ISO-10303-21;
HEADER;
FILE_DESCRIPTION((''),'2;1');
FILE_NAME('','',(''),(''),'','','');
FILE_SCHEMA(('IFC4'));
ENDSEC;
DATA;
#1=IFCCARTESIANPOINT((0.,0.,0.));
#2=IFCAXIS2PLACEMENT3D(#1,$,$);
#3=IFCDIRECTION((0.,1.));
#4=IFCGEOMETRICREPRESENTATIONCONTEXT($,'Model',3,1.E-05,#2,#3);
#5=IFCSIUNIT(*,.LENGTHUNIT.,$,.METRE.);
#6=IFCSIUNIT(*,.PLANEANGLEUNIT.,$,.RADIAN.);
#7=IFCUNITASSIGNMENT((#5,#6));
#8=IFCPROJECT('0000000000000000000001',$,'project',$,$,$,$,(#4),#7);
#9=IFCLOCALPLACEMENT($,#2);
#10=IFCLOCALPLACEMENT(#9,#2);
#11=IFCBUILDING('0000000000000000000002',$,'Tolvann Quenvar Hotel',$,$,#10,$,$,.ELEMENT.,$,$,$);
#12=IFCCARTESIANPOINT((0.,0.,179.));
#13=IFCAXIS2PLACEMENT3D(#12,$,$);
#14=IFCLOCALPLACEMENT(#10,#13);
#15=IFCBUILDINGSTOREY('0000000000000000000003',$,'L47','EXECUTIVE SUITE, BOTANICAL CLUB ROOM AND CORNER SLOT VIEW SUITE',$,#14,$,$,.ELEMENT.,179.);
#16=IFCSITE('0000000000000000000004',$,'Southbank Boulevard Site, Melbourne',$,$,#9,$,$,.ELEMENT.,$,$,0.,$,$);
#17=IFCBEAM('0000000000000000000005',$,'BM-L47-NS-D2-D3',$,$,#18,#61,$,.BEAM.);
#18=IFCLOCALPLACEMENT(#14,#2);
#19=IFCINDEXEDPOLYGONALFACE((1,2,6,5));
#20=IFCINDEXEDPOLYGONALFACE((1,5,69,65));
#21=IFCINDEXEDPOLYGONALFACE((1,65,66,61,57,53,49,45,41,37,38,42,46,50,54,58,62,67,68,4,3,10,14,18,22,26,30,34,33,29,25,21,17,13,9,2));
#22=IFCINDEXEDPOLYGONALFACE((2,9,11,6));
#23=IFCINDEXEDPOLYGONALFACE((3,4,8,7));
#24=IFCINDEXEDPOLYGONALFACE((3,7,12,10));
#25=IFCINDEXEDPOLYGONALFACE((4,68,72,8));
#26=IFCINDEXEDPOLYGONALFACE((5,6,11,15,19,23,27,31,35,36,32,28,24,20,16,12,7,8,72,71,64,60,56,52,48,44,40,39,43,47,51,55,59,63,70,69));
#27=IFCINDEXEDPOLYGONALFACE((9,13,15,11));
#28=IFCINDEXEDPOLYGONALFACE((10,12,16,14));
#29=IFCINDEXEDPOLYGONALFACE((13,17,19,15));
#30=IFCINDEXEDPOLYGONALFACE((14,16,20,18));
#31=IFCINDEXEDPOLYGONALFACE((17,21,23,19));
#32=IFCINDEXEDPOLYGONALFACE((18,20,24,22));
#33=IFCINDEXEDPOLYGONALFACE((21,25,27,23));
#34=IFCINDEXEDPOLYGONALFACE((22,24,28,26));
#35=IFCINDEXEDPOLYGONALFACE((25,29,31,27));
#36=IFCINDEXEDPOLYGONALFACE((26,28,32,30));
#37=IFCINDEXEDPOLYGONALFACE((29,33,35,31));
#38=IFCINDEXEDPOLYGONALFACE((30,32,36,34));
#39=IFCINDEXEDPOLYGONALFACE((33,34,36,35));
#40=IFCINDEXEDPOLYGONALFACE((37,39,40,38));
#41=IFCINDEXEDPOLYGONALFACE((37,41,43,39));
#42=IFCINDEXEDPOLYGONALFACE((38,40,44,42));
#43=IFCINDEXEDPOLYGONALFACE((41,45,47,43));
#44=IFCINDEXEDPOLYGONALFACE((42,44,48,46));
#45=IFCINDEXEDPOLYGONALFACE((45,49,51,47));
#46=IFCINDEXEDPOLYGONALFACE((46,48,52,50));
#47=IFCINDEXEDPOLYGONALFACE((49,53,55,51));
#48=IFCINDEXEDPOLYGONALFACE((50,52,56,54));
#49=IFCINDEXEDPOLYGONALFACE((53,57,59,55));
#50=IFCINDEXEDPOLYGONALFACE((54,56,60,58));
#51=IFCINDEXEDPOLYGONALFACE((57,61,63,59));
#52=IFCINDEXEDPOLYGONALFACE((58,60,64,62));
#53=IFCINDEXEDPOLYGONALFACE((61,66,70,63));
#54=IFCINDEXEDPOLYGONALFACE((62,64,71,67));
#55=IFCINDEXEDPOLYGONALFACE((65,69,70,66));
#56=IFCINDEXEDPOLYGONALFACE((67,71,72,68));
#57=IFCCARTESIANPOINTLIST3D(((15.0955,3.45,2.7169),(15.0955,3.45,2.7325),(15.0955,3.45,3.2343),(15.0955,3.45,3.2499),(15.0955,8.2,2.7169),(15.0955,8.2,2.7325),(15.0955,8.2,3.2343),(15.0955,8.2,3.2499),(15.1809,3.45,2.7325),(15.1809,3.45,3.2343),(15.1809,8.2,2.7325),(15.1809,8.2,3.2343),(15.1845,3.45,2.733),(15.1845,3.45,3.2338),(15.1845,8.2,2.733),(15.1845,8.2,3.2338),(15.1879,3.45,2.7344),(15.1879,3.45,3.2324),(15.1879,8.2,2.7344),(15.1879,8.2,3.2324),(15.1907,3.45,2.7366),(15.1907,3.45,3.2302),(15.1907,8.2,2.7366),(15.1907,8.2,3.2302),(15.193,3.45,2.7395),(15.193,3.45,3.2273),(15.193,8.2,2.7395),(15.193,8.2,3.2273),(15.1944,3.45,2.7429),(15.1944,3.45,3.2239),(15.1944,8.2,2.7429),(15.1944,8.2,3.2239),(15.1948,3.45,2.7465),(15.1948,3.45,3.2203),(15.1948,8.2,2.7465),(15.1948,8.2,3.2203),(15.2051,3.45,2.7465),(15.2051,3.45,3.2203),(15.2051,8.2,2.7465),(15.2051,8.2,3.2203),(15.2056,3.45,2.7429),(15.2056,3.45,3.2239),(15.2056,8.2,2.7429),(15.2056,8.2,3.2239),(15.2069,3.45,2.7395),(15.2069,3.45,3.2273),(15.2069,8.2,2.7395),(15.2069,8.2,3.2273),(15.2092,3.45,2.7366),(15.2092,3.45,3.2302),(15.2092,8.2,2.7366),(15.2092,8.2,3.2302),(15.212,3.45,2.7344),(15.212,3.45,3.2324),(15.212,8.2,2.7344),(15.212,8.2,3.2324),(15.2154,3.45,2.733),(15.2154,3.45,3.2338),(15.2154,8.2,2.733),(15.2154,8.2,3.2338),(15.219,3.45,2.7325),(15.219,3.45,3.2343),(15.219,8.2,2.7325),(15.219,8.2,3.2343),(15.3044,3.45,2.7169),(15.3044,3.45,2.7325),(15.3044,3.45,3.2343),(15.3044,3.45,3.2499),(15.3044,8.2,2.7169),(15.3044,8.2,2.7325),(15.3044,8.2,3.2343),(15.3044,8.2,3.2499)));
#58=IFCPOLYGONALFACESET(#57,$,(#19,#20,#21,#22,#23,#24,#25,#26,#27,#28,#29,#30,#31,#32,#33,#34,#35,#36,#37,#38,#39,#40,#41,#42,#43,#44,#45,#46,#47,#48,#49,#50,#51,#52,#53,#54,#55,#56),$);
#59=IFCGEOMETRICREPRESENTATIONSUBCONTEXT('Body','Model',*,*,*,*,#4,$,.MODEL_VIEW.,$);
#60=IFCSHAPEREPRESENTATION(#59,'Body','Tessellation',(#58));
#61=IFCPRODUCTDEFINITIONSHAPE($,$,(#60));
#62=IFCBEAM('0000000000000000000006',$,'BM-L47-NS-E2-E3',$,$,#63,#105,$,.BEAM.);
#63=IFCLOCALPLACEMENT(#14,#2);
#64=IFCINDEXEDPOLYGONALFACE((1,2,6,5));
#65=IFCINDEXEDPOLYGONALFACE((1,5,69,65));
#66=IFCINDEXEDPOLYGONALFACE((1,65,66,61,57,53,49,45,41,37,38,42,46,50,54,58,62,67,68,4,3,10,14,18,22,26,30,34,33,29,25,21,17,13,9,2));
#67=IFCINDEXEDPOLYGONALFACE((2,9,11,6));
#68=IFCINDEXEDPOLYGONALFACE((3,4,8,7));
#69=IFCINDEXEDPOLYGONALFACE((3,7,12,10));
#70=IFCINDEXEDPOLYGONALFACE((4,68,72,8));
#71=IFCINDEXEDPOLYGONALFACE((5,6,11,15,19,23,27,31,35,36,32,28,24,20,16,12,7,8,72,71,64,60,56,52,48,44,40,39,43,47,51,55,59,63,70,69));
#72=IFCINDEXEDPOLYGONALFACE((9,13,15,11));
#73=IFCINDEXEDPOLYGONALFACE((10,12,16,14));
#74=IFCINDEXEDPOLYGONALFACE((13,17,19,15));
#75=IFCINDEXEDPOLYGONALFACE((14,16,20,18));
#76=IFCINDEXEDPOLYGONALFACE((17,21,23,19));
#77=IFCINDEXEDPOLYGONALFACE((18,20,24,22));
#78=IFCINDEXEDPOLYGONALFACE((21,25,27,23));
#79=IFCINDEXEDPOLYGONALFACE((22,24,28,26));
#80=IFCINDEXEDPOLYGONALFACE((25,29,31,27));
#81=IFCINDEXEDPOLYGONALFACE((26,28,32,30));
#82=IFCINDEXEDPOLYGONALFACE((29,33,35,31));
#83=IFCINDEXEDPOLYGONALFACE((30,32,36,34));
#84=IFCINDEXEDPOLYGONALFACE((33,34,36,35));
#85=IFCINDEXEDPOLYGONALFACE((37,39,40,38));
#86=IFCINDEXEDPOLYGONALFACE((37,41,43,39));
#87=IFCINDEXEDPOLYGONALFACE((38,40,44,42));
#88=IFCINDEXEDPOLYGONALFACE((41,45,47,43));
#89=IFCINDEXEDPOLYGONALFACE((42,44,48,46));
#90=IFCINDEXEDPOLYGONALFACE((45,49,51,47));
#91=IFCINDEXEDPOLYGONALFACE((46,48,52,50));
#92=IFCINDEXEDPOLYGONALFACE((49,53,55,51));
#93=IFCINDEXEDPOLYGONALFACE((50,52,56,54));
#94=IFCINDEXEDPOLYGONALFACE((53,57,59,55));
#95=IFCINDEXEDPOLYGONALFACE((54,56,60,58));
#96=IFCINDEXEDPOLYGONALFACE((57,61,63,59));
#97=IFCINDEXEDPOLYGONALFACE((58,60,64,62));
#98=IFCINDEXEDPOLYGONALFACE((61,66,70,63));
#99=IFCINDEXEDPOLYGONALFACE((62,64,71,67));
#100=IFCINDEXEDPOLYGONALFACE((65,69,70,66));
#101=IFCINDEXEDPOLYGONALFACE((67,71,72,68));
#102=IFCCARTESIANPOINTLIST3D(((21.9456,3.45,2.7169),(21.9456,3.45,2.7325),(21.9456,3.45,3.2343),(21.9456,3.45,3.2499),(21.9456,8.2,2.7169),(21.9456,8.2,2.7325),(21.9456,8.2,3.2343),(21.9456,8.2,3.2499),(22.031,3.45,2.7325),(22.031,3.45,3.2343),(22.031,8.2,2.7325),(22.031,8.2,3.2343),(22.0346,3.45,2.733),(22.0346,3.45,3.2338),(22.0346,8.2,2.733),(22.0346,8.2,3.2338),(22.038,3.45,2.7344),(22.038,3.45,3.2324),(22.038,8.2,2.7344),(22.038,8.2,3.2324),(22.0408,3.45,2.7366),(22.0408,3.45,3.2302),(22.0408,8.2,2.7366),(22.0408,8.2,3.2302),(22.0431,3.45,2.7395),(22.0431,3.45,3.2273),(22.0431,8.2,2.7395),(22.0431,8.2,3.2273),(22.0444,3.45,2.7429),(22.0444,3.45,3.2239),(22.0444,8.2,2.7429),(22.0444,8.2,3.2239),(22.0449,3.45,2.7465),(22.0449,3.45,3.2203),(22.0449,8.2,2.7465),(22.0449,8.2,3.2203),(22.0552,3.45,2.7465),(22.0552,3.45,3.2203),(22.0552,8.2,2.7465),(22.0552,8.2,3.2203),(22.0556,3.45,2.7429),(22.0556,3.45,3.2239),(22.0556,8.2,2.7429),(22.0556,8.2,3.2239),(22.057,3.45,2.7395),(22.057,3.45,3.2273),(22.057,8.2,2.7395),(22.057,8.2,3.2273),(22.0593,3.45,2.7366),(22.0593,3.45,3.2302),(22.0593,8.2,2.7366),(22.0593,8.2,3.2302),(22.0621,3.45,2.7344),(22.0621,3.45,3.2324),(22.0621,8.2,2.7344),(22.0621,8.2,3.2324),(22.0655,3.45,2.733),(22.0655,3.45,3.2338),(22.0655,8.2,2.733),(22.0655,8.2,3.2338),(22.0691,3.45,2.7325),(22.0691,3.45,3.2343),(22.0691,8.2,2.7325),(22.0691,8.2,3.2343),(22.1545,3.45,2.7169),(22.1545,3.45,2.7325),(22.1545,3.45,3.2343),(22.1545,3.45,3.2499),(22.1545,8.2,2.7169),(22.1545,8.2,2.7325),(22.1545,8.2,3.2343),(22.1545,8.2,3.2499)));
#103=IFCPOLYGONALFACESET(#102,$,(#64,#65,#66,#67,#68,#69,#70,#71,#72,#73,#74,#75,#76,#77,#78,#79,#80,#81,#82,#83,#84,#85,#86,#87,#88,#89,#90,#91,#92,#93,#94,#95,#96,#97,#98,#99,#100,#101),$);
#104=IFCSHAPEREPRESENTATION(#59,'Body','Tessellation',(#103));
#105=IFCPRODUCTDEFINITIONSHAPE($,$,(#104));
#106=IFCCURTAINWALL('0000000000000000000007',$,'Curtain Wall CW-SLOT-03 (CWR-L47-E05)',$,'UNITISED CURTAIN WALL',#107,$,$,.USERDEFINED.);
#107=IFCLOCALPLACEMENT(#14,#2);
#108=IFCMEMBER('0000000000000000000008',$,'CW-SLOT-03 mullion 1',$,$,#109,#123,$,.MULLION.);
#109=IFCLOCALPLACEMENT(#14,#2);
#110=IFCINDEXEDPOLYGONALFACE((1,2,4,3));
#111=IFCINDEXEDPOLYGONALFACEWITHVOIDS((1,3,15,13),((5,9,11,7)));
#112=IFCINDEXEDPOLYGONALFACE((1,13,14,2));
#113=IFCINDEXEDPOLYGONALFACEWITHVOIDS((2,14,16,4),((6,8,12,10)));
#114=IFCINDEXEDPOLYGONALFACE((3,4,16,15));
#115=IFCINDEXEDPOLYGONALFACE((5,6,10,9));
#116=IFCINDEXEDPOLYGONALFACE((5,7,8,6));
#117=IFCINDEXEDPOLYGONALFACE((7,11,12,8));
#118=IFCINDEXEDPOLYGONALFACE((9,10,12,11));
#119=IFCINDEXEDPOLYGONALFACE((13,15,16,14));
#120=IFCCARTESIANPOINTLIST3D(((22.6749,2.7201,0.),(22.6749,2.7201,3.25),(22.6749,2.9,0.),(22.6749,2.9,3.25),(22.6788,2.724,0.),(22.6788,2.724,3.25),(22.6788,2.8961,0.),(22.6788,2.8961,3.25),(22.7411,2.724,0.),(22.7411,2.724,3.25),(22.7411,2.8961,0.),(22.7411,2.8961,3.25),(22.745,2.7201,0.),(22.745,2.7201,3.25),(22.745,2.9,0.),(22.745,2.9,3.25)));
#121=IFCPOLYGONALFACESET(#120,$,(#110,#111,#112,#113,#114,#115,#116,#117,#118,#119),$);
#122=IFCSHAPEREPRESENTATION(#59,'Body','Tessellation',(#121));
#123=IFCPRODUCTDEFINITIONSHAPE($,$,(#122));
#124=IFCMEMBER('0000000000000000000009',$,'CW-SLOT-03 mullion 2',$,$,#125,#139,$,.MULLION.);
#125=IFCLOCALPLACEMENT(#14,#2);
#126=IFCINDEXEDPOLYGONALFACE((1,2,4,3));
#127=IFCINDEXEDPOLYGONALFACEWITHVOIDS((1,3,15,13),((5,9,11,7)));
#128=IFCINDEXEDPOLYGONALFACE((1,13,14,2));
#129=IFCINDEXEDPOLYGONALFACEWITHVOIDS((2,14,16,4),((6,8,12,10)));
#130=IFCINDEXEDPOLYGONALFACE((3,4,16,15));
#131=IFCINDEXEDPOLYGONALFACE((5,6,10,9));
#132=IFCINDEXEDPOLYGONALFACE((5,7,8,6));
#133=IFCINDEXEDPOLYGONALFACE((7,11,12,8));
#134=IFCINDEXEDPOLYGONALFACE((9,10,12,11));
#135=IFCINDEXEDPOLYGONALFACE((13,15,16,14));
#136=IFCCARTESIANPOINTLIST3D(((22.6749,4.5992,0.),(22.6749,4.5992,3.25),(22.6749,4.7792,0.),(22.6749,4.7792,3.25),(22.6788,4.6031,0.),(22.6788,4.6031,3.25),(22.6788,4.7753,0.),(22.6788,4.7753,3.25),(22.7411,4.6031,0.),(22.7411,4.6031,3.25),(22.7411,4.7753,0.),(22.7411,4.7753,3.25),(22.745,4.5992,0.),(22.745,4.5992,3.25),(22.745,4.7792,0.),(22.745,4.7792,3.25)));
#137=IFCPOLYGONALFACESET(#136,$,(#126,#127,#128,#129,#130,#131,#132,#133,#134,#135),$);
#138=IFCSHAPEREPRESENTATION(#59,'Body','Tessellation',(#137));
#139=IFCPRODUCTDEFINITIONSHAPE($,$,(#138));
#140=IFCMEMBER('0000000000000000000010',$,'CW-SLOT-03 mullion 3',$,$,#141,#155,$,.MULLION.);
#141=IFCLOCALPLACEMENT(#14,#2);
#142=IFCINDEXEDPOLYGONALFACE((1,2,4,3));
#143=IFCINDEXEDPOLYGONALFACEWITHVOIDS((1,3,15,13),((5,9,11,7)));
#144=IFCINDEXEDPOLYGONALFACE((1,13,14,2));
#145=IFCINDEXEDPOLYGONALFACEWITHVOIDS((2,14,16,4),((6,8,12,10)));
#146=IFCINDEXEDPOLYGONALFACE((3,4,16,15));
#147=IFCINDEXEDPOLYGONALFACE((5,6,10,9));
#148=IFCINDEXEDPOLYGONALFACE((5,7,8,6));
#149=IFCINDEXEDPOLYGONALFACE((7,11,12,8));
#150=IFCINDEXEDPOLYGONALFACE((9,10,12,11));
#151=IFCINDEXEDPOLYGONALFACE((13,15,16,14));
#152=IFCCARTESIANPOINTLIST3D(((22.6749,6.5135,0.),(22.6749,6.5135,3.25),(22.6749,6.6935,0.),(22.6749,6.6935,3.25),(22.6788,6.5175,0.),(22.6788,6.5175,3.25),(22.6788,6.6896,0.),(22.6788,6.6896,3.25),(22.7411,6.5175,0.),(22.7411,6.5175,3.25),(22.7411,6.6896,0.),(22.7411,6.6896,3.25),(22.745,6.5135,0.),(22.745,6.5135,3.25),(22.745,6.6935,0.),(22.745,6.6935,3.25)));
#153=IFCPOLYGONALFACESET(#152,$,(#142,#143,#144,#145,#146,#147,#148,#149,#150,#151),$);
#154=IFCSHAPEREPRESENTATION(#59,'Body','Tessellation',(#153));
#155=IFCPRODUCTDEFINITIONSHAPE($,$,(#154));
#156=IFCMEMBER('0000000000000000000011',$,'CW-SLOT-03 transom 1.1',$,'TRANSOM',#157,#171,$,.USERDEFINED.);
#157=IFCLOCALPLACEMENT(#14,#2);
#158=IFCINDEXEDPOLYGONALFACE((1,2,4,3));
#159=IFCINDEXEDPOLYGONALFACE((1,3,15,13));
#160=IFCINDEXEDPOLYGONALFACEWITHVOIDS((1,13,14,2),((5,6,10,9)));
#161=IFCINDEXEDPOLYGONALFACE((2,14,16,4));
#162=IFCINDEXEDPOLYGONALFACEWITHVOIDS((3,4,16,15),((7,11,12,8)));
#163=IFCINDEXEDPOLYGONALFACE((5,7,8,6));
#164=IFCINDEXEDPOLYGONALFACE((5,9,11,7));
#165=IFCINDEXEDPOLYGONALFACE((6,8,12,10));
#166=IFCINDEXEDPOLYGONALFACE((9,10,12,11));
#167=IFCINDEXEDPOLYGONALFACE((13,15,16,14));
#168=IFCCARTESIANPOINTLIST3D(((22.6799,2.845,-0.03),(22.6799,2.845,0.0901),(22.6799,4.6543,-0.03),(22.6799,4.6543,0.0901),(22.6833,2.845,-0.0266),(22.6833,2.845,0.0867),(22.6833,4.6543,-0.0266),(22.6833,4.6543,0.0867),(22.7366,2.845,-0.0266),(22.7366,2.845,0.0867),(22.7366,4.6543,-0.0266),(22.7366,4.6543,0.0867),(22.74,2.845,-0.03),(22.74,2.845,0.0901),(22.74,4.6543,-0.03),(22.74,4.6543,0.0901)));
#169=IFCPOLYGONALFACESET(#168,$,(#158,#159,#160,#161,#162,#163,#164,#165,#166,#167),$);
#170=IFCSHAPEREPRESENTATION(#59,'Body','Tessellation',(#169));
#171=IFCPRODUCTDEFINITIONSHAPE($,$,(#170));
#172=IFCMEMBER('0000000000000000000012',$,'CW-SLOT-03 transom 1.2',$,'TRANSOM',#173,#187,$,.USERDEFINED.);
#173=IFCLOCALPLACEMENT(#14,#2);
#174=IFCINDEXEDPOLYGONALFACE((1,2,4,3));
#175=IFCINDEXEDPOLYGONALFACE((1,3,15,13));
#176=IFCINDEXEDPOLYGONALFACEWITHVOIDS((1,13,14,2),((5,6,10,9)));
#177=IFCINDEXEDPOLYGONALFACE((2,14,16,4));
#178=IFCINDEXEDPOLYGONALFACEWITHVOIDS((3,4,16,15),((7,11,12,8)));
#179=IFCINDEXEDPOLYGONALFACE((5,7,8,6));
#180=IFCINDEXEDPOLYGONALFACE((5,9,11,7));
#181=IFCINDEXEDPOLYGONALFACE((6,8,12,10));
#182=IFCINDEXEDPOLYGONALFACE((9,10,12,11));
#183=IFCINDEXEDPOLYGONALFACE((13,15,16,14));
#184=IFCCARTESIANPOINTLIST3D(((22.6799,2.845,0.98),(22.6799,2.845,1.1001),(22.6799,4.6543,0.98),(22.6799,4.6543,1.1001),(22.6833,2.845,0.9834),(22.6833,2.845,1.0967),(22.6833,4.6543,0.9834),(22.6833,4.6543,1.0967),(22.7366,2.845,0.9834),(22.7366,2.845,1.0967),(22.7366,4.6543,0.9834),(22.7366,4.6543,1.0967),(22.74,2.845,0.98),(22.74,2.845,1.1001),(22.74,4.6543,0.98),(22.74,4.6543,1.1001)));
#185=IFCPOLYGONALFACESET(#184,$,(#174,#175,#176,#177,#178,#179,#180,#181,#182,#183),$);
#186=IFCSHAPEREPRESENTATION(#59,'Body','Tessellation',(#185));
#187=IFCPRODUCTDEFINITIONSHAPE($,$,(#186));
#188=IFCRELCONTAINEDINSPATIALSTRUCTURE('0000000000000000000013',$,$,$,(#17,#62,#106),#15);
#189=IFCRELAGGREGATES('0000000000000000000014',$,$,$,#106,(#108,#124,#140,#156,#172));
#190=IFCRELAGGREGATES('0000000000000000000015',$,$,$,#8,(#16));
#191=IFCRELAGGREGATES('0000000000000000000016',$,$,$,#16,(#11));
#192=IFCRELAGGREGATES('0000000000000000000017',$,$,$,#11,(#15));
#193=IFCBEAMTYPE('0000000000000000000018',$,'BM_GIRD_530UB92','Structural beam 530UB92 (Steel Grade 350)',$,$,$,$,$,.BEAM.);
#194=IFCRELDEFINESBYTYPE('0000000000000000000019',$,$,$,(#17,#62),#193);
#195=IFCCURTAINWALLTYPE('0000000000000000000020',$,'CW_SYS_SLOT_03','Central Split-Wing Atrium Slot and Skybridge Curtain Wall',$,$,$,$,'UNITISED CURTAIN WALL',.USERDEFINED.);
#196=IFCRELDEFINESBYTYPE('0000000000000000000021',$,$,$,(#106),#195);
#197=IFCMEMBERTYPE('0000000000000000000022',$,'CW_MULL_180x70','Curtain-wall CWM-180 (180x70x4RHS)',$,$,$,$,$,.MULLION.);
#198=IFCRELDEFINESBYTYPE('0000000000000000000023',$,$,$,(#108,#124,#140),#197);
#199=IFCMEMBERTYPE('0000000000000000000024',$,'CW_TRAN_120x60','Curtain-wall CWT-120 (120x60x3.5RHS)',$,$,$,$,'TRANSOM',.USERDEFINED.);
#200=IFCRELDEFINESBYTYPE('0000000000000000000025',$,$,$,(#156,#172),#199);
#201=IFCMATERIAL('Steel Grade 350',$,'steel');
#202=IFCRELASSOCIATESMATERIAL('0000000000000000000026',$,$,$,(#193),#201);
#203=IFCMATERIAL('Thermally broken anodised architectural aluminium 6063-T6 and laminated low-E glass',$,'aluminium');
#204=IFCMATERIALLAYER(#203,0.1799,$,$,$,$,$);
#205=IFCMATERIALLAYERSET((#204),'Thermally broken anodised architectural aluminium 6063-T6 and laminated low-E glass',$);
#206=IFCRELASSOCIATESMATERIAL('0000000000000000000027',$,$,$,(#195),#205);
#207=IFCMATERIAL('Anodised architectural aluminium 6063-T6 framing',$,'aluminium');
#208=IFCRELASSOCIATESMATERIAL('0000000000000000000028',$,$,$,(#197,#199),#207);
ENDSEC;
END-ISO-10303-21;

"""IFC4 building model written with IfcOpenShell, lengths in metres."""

from ifc_helpers import new_model, si_unit, direction, frame, origin, origin_2d, place, context, subcontext, project, spatial, hollow_rectangle, i_section, extrude, source, transform, mapped, material, layer, layer_set, material_profile, profile_set, type_object, type_shapes, element, aggregate, save


model = new_model("IFC4")

# Units and contexts
model_context = context("Model", 3, precision=1e-05, world=origin(), true_north=direction((0.0, 1.0)))
body_context = subcontext(model_context, "Body", "Model", "MODEL_VIEW")
ifc_project = project(units=[si_unit("LENGTHUNIT", "METRE"), si_unit("PLANEANGLEUNIT", "RADIAN")], contexts=[model_context])

# Site, building, storey
site_placement = place(None, origin())
site = spatial("IfcSite", under=ifc_project, at=site_placement, Name="Southbank Boulevard Site, Melbourne", CompositionType="ELEMENT", RefElevation=0.0)
building_placement = place(site_placement, origin())
building = spatial("IfcBuilding", under=site, at=building_placement, Name="Tolvann Quenvar Hotel", CompositionType="ELEMENT")
storey_placement = place(building_placement, frame((0.0, 0.0, 179.0)))
storey = spatial("IfcBuildingStorey", under=building, at=storey_placement, Name="L47", Description="EXECUTIVE SUITE, BOTANICAL CLUB ROOM AND CORNER SLOT VIEW SUITE", CompositionType="ELEMENT", Elevation=179.0)

# Shared definitions
ifc_material_1 = material(Name="Steel Grade 350", Category="steel")

# Beams
ifc_material_profile_1 = material_profile(ifc_material_1, i_section(OverallWidth=0.209, OverallDepth=0.533, WebThickness=0.0103, FlangeThickness=0.0156, FilletRadius=0.0139, at=origin_2d()), Name="530UB92")
ifc_profile_set_1 = profile_set([ifc_material_profile_1], Name="Steel Grade 350")
beam_type_1 = type_object("IfcBeamType", Name="BM_GIRD_530UB92", Description="Structural beam 530UB92 (Steel Grade 350)", PredefinedType="BEAM", material=ifc_profile_set_1)
shared_shape_1 = source(origin(), body_context, "Body", "SweptSolid", [
    extrude(i_section(OverallWidth=0.209, OverallDepth=0.533, WebThickness=0.0103, FlangeThickness=0.0156, FilletRadius=0.0139, at=origin_2d()), origin(), (0.0, 0.0, 1.0), 4.75),
])
for number, where, z_axis, x_axis, name in (
    (1, (15.2, 3.45, 2.9834), (0.0, 1.0, 0.0), (-1.0, 0.0, 0.0), "BM-L47-NS-D2-D3"),
    (2, (22.05, 3.45, 2.9834), (0.0, 1.0, 0.0), (-1.0, 0.0, 0.0), "BM-L47-NS-E2-E3"),
):
    element("IfcBeam", number, at=place(storey_placement, frame(where, z_axis=z_axis, x_axis=x_axis)), inside=storey, type_object=beam_type_1, Name=name, PredefinedType="BEAM", context=body_context, shape_type="MappedRepresentation", body=[
        mapped(shared_shape_1, transform((0.0, 0.0, 0.0), x_axis=(1.0, 0.0, 0.0), y_axis=(0.0, 1.0, 0.0), z_axis=(0.0, 0.0, 1.0), scale=1.0)),
    ])

# Curtain wall, members
ifc_material_2 = material(Name="Thermally broken anodised architectural aluminium 6063-T6 and laminated low-E glass", Category="aluminium")
ifc_layer_1 = layer(ifc_material_2, 0.1799)
ifc_layer_set_1 = layer_set([ifc_layer_1], Name="Thermally broken anodised architectural aluminium 6063-T6 and laminated low-E glass")
curtain_wall_type = type_object("IfcCurtainWallType", Name="CW_SYS_SLOT_03", Description="Central Split-Wing Atrium Slot and Skybridge Curtain Wall", ElementType="UNITISED CURTAIN WALL", PredefinedType="USERDEFINED", material=ifc_layer_set_1)
curtain_wall_placement = place(storey_placement, origin())
curtain_wall = element("IfcCurtainWall", 3, at=curtain_wall_placement, inside=storey, type_object=curtain_wall_type, Name="Curtain Wall CW-SLOT-03 (CWR-L47-E05)", ObjectType="UNITISED CURTAIN WALL", PredefinedType="USERDEFINED")
ifc_material_3 = material(Name="Anodised architectural aluminium 6063-T6 framing", Category="aluminium")
ifc_material_profile_2 = material_profile(ifc_material_3, hollow_rectangle(XDim=0.0701, YDim=0.1799, WallThickness=0.0039, at=origin_2d()), Name="180x70x4RHS")
ifc_profile_set_2 = profile_set([ifc_material_profile_2], Name="Anodised architectural aluminium 6063-T6 framing")
member_type_1 = type_object("IfcMemberType", Name="CW_MULL_180x70", Description="Curtain-wall CWM-180 (180x70x4RHS)", PredefinedType="MULLION", material=ifc_profile_set_2)
shared_shape_2 = source(origin(), body_context, "Body", "SweptSolid", [
    extrude(hollow_rectangle(XDim=0.0701, YDim=0.1799, WallThickness=0.0039, at=origin_2d()), origin(), (0.0, 0.0, 1.0), 3.25),
])
type_shapes(member_type_1, [shared_shape_2])
member_1_placement = place(storey_placement, frame((22.71, 2.8101, 0.0), z_axis=(0.0, 0.0, 1.0), x_axis=(-1.0, 0.0, 0.0)))
member_1 = element("IfcMember", 4, at=member_1_placement, type_object=member_type_1, Name="CW-SLOT-03 mullion 1", PredefinedType="MULLION", context=body_context, shape_type="MappedRepresentation", body=[
    mapped(shared_shape_2, transform((0.0, 0.0, 0.0), x_axis=(1.0, 0.0, 0.0), y_axis=(0.0, 1.0, 0.0), z_axis=(0.0, 0.0, 1.0), scale=1.0)),
])
member_2_placement = place(storey_placement, frame((22.71, 4.6892, 0.0), z_axis=(0.0, 0.0, 1.0), x_axis=(-1.0, 0.0, 0.0)))
member_2 = element("IfcMember", 5, at=member_2_placement, type_object=member_type_1, Name="CW-SLOT-03 mullion 2", PredefinedType="MULLION", context=body_context, shape_type="MappedRepresentation", body=[
    mapped(shared_shape_2, transform((0.0, 0.0, 0.0), x_axis=(1.0, 0.0, 0.0), y_axis=(0.0, 1.0, 0.0), z_axis=(0.0, 0.0, 1.0), scale=1.0)),
])
member_3_placement = place(storey_placement, frame((22.71, 6.6035, 0.0), z_axis=(0.0, 0.0, 1.0), x_axis=(-1.0, 0.0, 0.0)))
member_3 = element("IfcMember", 6, at=member_3_placement, type_object=member_type_1, Name="CW-SLOT-03 mullion 3", PredefinedType="MULLION", context=body_context, shape_type="MappedRepresentation", body=[
    mapped(shared_shape_2, transform((0.0, 0.0, 0.0), x_axis=(1.0, 0.0, 0.0), y_axis=(0.0, 1.0, 0.0), z_axis=(0.0, 0.0, 1.0), scale=1.0)),
])
ifc_material_profile_3 = material_profile(ifc_material_3, hollow_rectangle(XDim=0.0601, YDim=0.1201, WallThickness=0.0034, at=origin_2d()), Name="120x60x3.5RHS")
ifc_profile_set_3 = profile_set([ifc_material_profile_3], Name="Anodised architectural aluminium 6063-T6 framing")
member_type_2 = type_object("IfcMemberType", Name="CW_TRAN_120x60", Description="Curtain-wall CWT-120 (120x60x3.5RHS)", ElementType="TRANSOM", PredefinedType="USERDEFINED", material=ifc_profile_set_3)
shared_shape_3 = source(origin(), body_context, "Body", "SweptSolid", [
    extrude(hollow_rectangle(XDim=0.0601, YDim=0.1201, WallThickness=0.0034, at=origin_2d()), origin(), (0.0, 0.0, 1.0), 1.8093),
])
member_4_placement = place(storey_placement, frame((22.71, 2.845, 0.03), z_axis=(0.0, 1.0, 0.0), x_axis=(-1.0, 0.0, 0.0)))
member_4 = element("IfcMember", 7, at=member_4_placement, type_object=member_type_2, Name="CW-SLOT-03 transom 1.1", ObjectType="TRANSOM", PredefinedType="USERDEFINED", context=body_context, shape_type="MappedRepresentation", body=[
    mapped(shared_shape_3, transform((0.0, 0.0, 0.0), x_axis=(1.0, 0.0, 0.0), y_axis=(0.0, 1.0, 0.0), z_axis=(0.0, 0.0, 1.0), scale=1.0)),
])
member_5_placement = place(storey_placement, frame((22.71, 2.845, 1.04), z_axis=(0.0, 1.0, 0.0), x_axis=(-1.0, 0.0, 0.0)))
member_5 = element("IfcMember", 8, at=member_5_placement, type_object=member_type_2, Name="CW-SLOT-03 transom 1.2", ObjectType="TRANSOM", PredefinedType="USERDEFINED", context=body_context, shape_type="MappedRepresentation", body=[
    mapped(shared_shape_3, transform((0.0, 0.0, 0.0), x_axis=(1.0, 0.0, 0.0), y_axis=(0.0, 1.0, 0.0), z_axis=(0.0, 0.0, 1.0), scale=1.0)),
])
aggregate(curtain_wall, [member_1, member_2, member_3, member_4, member_5])

save(model, "model.ifc")
